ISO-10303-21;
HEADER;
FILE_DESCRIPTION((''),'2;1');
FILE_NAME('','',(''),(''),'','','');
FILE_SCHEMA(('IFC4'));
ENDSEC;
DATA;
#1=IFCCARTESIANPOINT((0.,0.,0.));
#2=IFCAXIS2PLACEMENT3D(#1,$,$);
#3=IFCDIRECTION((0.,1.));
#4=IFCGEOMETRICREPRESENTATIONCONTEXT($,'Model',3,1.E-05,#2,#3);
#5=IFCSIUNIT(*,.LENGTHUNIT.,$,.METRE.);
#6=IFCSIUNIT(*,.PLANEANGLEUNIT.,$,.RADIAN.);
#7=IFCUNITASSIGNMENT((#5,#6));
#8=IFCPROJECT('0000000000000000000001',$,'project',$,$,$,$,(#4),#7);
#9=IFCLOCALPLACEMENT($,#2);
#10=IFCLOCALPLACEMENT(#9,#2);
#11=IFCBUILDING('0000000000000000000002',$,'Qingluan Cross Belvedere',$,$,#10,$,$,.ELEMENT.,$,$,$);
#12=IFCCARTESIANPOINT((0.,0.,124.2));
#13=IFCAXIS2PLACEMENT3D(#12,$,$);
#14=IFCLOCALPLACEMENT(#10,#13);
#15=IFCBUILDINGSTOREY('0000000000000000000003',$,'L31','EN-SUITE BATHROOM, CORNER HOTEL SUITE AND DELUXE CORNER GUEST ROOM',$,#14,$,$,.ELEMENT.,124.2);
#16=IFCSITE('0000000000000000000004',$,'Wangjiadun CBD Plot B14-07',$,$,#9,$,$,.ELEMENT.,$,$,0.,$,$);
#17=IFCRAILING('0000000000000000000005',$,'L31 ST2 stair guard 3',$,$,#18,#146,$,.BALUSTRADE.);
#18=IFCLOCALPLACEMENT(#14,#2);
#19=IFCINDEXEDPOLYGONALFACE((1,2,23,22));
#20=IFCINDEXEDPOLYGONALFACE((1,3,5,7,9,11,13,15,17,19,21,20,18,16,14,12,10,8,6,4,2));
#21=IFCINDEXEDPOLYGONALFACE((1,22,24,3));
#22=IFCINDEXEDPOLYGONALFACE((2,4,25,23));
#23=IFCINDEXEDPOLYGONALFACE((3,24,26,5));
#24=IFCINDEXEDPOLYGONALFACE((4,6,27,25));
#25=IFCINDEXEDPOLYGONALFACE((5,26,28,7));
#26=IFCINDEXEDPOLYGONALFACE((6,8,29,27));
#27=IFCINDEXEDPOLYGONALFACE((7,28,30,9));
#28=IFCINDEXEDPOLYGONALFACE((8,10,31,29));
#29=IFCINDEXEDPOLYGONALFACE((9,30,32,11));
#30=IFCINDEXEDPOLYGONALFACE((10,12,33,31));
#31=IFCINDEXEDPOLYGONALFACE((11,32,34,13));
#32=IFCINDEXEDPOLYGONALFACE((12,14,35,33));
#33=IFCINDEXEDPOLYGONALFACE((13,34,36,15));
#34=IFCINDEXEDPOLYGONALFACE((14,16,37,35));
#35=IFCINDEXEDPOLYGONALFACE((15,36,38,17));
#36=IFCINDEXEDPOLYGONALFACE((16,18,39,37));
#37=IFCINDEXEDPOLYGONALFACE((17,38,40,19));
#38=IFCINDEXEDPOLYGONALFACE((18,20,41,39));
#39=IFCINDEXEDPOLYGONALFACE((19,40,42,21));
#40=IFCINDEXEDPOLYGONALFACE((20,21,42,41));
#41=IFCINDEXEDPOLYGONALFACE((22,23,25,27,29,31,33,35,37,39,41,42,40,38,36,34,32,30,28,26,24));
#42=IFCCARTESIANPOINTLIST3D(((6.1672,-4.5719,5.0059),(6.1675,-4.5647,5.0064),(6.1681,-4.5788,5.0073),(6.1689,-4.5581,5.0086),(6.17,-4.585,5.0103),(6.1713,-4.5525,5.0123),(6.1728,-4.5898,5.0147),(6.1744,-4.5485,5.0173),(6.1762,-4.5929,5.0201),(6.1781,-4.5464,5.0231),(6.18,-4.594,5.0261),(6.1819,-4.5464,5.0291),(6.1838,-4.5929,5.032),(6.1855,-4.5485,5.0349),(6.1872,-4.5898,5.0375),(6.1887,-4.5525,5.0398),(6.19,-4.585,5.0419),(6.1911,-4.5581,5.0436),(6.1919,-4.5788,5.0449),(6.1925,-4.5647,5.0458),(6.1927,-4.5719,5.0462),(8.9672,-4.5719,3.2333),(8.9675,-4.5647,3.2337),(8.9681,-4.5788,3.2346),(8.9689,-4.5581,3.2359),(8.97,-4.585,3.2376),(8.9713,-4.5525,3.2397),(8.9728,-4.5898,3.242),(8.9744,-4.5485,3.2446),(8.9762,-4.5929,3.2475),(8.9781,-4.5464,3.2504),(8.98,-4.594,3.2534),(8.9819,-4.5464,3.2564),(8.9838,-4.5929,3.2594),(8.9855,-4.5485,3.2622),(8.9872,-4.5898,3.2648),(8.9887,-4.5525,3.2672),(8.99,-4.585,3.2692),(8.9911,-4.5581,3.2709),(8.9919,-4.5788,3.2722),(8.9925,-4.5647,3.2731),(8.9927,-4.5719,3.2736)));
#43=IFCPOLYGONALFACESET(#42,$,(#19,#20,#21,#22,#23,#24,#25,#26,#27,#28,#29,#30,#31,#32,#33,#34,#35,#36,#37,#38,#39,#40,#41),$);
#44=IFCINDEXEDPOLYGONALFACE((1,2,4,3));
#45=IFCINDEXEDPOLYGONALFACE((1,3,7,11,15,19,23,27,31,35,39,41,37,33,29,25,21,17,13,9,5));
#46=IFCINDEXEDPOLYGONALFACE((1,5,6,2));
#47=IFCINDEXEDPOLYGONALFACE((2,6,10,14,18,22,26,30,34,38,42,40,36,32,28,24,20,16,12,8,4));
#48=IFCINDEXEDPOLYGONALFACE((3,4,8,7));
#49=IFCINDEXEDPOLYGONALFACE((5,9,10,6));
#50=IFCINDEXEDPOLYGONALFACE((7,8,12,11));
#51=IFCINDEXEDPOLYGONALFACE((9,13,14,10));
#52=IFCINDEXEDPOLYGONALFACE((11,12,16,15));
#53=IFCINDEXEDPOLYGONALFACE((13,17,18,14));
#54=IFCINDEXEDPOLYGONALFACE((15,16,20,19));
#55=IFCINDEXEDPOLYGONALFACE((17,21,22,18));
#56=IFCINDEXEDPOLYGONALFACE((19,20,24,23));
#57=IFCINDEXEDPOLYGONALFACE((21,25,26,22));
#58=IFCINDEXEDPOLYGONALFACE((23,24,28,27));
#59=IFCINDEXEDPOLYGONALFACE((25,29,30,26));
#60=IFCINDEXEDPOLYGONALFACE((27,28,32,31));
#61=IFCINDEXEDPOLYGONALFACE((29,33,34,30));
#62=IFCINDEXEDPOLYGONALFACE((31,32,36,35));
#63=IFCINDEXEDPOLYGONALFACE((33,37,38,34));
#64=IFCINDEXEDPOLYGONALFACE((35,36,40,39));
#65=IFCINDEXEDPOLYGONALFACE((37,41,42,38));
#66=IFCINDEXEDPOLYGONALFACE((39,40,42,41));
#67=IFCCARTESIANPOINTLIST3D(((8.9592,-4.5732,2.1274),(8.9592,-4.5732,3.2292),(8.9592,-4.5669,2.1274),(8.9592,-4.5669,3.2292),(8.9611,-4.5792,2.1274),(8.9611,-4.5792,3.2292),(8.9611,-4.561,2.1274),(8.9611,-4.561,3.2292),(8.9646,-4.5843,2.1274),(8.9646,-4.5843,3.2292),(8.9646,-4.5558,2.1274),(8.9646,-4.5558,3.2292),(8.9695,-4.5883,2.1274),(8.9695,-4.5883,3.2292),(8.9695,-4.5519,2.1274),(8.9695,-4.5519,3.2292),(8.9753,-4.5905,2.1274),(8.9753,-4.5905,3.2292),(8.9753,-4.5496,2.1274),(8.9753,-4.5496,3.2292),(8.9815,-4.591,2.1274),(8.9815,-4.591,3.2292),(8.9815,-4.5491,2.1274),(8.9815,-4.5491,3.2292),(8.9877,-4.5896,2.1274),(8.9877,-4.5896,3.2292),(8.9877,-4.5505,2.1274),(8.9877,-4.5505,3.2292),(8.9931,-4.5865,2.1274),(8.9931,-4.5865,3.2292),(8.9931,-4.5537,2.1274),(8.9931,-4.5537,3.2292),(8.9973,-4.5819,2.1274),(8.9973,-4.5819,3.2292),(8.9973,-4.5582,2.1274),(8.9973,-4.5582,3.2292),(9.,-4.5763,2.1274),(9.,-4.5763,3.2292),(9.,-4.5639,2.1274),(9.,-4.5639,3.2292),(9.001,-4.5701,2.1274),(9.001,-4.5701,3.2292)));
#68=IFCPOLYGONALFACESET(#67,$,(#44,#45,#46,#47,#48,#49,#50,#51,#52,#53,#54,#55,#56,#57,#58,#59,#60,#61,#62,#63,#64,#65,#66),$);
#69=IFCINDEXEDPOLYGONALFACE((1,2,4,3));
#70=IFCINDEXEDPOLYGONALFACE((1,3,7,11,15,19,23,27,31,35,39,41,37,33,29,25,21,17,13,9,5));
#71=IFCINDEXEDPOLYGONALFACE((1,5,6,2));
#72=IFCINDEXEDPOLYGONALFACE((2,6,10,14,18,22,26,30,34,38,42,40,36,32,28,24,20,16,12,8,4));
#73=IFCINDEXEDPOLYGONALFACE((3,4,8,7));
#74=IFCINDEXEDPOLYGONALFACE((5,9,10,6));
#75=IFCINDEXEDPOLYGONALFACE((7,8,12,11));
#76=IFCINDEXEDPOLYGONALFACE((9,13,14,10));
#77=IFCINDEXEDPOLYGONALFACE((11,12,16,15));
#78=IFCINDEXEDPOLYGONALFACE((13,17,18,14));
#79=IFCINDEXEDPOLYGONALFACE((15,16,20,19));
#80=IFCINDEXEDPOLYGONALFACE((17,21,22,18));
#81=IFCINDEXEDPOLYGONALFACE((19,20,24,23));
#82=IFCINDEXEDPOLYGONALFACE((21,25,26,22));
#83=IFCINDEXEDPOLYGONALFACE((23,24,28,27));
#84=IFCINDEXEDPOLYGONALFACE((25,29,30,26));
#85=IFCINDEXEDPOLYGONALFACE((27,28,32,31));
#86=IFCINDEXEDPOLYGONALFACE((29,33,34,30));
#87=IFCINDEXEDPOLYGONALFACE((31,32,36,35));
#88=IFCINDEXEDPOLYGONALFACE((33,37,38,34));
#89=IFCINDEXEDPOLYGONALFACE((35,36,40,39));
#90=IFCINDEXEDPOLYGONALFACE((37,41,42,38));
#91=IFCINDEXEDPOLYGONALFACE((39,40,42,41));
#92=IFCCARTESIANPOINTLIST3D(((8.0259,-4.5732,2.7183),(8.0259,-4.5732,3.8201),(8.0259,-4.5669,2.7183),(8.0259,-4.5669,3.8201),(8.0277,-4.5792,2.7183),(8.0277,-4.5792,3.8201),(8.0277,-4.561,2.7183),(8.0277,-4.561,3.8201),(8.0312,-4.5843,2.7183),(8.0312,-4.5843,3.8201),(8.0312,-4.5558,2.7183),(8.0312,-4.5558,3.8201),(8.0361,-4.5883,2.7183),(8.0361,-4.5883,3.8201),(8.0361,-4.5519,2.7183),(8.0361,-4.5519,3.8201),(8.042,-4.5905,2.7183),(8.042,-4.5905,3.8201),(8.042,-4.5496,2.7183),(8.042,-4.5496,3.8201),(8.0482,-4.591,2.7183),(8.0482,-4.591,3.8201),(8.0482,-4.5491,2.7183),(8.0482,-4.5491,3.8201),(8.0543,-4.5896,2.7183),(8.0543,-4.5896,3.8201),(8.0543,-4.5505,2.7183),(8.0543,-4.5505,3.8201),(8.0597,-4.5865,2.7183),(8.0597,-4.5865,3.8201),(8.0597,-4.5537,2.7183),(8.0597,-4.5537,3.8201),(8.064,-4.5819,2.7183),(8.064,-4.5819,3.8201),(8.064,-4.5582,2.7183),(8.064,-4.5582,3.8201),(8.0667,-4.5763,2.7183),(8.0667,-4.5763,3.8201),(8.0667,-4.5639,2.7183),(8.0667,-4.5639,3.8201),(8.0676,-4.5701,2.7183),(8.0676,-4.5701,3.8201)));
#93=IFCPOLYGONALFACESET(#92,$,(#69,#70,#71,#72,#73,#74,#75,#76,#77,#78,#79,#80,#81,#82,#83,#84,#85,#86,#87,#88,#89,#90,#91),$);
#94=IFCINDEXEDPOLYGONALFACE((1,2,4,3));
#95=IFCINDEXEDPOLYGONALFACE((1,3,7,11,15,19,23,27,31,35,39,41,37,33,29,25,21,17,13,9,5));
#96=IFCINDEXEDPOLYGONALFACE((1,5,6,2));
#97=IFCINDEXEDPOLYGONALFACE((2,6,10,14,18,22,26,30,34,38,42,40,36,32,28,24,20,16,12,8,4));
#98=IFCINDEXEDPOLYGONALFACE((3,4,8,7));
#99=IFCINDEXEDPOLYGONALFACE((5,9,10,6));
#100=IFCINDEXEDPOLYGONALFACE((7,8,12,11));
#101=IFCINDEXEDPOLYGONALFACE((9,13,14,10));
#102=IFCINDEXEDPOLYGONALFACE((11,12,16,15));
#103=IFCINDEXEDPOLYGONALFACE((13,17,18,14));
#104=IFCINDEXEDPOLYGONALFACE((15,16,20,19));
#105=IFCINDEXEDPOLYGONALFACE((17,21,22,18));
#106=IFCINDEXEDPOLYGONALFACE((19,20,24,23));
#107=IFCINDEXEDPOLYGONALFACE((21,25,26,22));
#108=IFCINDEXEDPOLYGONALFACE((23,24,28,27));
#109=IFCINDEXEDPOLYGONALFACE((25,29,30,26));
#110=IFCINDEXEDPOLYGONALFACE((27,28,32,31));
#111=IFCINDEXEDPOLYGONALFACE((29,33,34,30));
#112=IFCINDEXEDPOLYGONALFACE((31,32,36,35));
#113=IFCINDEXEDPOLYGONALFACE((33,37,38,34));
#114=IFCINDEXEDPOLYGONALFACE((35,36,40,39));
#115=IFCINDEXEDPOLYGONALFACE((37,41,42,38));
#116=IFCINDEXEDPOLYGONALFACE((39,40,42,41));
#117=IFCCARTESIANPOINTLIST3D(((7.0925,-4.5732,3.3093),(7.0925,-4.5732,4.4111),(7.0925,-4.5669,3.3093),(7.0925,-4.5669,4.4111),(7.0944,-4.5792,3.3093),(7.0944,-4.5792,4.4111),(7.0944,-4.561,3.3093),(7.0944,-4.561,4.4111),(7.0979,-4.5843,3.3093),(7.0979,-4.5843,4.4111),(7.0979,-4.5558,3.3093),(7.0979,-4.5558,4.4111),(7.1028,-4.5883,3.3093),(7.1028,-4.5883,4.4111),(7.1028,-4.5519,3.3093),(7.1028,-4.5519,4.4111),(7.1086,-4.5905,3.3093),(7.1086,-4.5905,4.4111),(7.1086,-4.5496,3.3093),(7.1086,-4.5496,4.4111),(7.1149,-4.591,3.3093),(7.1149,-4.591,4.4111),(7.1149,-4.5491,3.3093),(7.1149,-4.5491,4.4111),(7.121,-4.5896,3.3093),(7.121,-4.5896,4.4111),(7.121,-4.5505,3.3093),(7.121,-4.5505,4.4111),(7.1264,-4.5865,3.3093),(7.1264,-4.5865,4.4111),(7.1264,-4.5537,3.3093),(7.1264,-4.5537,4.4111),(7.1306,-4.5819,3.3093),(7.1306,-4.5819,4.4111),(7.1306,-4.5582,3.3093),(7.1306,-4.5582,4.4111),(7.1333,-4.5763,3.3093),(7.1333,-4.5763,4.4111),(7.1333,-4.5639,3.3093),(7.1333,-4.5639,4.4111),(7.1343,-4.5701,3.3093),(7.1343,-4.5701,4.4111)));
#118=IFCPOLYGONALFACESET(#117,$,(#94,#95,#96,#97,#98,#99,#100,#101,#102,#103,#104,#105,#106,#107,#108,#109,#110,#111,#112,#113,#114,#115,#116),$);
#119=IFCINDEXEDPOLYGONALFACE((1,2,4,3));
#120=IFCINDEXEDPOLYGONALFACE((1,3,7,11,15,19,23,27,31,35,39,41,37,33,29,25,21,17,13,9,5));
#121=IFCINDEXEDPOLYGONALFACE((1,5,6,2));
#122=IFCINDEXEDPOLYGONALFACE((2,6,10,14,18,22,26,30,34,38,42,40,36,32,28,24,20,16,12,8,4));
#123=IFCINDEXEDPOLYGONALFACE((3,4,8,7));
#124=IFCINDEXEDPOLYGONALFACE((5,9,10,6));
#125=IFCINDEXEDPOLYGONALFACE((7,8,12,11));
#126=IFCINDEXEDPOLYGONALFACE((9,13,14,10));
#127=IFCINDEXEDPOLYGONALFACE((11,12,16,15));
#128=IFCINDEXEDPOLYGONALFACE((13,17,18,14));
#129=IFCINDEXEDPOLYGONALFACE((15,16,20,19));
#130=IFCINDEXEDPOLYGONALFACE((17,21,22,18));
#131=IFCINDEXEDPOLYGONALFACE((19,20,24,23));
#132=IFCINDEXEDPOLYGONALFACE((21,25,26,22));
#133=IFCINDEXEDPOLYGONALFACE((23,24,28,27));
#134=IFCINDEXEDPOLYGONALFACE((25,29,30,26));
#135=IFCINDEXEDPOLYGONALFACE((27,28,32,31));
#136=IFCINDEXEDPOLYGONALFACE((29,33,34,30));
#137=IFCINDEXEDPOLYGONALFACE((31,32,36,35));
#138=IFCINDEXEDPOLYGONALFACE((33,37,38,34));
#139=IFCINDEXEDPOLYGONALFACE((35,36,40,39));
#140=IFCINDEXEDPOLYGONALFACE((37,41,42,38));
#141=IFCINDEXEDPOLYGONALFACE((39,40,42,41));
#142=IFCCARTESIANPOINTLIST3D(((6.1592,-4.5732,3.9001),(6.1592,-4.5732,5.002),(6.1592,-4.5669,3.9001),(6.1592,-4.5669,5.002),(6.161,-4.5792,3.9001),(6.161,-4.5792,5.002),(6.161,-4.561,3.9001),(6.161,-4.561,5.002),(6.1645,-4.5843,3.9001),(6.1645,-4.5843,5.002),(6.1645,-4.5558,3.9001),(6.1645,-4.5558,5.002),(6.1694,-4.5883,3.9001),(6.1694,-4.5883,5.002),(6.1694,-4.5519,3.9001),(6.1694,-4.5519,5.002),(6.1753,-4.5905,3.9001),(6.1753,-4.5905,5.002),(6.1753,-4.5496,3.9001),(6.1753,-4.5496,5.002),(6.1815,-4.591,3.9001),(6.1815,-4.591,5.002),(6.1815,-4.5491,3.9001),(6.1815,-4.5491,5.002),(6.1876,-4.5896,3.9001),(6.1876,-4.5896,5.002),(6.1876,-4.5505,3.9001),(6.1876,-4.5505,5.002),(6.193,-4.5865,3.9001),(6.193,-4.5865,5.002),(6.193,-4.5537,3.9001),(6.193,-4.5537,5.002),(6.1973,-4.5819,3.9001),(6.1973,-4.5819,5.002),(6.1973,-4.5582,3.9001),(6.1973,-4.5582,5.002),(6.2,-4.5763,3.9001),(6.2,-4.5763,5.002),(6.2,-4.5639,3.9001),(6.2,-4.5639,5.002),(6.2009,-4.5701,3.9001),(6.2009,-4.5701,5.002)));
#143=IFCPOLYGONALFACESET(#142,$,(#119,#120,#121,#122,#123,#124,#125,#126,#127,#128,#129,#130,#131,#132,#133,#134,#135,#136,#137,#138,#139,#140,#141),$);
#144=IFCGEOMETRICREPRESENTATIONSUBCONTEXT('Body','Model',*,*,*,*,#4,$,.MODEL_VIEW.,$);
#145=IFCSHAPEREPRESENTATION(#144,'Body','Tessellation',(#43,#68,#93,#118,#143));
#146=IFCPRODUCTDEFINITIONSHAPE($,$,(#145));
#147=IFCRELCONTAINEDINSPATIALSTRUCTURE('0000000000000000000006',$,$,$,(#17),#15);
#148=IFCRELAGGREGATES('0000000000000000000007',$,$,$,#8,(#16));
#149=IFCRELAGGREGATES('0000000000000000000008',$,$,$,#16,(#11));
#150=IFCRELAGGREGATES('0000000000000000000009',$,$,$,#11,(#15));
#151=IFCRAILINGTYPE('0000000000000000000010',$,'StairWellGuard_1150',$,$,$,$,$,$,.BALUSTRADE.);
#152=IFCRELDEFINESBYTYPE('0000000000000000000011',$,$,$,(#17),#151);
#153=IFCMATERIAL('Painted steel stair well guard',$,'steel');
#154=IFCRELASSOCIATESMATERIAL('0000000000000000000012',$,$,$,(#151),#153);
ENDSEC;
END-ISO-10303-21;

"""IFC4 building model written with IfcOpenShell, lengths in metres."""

from ifc_helpers import new_model, si_unit, direction, frame, origin, origin_2d, place, context, subcontext, project, spatial, circle, extrude, material, type_object, element, save


model = new_model("IFC4")

# Units and contexts
model_context = context("Model", 3, precision=1e-05, world=origin(), true_north=direction((0.0, 1.0)))
body_context = subcontext(model_context, "Body", "Model", "MODEL_VIEW")
ifc_project = project(units=[si_unit("LENGTHUNIT", "METRE"), si_unit("PLANEANGLEUNIT", "RADIAN")], contexts=[model_context])

# Site, building, storey
site_placement = place(None, origin())
site = spatial("IfcSite", under=ifc_project, at=site_placement, Name="Wangjiadun CBD Plot B14-07", CompositionType="ELEMENT", RefElevation=0.0)
building_placement = place(site_placement, origin())
building = spatial("IfcBuilding", under=site, at=building_placement, Name="Qingluan Cross Belvedere", CompositionType="ELEMENT")
storey_placement = place(building_placement, frame((0.0, 0.0, 124.2)))
storey = spatial("IfcBuildingStorey", under=building, at=storey_placement, Name="L31", Description="EN-SUITE BATHROOM, CORNER HOTEL SUITE AND DELUXE CORNER GUEST ROOM", CompositionType="ELEMENT", Elevation=124.2)

# Railing
ifc_material_1 = material(Name="Painted steel stair well guard", Category="steel")
railing_type_1 = type_object("IfcRailingType", Name="StairWellGuard_1150", PredefinedType="BALUSTRADE", material=ifc_material_1)
railing_1_placement = place(storey_placement, frame((8.98, -4.5701, 2.1274)))
element("IfcRailing", 1, at=railing_1_placement, inside=storey, type_object=railing_type_1, Name="L31 ST2 stair guard 3", PredefinedType="BALUSTRADE", context=body_context, shape_type="SweptSolid", body=[
    extrude(circle(Radius=0.0239, at=origin_2d()), frame((0.0, 0.0, 1.126), z_axis=(-0.844909, 0.0, 0.53491), x_axis=(0.0, -1.0, 0.0)), (0.0, 0.0, 1.0), 3.314),
    extrude(circle(Radius=0.021, at=origin_2d()), origin(), (0.0, 0.0, 1.0), 1.1018),
    extrude(circle(Radius=0.021, at=origin_2d()), frame((-0.9333, 0.0, 0.5908)), (0.0, 0.0, 1.0), 1.1018),
    extrude(circle(Radius=0.021, at=origin_2d()), frame((-1.8667, 0.0, 1.1819)), (0.0, 0.0, 1.0), 1.1018),
    extrude(circle(Radius=0.021, at=origin_2d()), frame((-2.8, 0.0, 1.7727)), (0.0, 0.0, 1.0), 1.1018),
])

save(model, "model.ifc")
